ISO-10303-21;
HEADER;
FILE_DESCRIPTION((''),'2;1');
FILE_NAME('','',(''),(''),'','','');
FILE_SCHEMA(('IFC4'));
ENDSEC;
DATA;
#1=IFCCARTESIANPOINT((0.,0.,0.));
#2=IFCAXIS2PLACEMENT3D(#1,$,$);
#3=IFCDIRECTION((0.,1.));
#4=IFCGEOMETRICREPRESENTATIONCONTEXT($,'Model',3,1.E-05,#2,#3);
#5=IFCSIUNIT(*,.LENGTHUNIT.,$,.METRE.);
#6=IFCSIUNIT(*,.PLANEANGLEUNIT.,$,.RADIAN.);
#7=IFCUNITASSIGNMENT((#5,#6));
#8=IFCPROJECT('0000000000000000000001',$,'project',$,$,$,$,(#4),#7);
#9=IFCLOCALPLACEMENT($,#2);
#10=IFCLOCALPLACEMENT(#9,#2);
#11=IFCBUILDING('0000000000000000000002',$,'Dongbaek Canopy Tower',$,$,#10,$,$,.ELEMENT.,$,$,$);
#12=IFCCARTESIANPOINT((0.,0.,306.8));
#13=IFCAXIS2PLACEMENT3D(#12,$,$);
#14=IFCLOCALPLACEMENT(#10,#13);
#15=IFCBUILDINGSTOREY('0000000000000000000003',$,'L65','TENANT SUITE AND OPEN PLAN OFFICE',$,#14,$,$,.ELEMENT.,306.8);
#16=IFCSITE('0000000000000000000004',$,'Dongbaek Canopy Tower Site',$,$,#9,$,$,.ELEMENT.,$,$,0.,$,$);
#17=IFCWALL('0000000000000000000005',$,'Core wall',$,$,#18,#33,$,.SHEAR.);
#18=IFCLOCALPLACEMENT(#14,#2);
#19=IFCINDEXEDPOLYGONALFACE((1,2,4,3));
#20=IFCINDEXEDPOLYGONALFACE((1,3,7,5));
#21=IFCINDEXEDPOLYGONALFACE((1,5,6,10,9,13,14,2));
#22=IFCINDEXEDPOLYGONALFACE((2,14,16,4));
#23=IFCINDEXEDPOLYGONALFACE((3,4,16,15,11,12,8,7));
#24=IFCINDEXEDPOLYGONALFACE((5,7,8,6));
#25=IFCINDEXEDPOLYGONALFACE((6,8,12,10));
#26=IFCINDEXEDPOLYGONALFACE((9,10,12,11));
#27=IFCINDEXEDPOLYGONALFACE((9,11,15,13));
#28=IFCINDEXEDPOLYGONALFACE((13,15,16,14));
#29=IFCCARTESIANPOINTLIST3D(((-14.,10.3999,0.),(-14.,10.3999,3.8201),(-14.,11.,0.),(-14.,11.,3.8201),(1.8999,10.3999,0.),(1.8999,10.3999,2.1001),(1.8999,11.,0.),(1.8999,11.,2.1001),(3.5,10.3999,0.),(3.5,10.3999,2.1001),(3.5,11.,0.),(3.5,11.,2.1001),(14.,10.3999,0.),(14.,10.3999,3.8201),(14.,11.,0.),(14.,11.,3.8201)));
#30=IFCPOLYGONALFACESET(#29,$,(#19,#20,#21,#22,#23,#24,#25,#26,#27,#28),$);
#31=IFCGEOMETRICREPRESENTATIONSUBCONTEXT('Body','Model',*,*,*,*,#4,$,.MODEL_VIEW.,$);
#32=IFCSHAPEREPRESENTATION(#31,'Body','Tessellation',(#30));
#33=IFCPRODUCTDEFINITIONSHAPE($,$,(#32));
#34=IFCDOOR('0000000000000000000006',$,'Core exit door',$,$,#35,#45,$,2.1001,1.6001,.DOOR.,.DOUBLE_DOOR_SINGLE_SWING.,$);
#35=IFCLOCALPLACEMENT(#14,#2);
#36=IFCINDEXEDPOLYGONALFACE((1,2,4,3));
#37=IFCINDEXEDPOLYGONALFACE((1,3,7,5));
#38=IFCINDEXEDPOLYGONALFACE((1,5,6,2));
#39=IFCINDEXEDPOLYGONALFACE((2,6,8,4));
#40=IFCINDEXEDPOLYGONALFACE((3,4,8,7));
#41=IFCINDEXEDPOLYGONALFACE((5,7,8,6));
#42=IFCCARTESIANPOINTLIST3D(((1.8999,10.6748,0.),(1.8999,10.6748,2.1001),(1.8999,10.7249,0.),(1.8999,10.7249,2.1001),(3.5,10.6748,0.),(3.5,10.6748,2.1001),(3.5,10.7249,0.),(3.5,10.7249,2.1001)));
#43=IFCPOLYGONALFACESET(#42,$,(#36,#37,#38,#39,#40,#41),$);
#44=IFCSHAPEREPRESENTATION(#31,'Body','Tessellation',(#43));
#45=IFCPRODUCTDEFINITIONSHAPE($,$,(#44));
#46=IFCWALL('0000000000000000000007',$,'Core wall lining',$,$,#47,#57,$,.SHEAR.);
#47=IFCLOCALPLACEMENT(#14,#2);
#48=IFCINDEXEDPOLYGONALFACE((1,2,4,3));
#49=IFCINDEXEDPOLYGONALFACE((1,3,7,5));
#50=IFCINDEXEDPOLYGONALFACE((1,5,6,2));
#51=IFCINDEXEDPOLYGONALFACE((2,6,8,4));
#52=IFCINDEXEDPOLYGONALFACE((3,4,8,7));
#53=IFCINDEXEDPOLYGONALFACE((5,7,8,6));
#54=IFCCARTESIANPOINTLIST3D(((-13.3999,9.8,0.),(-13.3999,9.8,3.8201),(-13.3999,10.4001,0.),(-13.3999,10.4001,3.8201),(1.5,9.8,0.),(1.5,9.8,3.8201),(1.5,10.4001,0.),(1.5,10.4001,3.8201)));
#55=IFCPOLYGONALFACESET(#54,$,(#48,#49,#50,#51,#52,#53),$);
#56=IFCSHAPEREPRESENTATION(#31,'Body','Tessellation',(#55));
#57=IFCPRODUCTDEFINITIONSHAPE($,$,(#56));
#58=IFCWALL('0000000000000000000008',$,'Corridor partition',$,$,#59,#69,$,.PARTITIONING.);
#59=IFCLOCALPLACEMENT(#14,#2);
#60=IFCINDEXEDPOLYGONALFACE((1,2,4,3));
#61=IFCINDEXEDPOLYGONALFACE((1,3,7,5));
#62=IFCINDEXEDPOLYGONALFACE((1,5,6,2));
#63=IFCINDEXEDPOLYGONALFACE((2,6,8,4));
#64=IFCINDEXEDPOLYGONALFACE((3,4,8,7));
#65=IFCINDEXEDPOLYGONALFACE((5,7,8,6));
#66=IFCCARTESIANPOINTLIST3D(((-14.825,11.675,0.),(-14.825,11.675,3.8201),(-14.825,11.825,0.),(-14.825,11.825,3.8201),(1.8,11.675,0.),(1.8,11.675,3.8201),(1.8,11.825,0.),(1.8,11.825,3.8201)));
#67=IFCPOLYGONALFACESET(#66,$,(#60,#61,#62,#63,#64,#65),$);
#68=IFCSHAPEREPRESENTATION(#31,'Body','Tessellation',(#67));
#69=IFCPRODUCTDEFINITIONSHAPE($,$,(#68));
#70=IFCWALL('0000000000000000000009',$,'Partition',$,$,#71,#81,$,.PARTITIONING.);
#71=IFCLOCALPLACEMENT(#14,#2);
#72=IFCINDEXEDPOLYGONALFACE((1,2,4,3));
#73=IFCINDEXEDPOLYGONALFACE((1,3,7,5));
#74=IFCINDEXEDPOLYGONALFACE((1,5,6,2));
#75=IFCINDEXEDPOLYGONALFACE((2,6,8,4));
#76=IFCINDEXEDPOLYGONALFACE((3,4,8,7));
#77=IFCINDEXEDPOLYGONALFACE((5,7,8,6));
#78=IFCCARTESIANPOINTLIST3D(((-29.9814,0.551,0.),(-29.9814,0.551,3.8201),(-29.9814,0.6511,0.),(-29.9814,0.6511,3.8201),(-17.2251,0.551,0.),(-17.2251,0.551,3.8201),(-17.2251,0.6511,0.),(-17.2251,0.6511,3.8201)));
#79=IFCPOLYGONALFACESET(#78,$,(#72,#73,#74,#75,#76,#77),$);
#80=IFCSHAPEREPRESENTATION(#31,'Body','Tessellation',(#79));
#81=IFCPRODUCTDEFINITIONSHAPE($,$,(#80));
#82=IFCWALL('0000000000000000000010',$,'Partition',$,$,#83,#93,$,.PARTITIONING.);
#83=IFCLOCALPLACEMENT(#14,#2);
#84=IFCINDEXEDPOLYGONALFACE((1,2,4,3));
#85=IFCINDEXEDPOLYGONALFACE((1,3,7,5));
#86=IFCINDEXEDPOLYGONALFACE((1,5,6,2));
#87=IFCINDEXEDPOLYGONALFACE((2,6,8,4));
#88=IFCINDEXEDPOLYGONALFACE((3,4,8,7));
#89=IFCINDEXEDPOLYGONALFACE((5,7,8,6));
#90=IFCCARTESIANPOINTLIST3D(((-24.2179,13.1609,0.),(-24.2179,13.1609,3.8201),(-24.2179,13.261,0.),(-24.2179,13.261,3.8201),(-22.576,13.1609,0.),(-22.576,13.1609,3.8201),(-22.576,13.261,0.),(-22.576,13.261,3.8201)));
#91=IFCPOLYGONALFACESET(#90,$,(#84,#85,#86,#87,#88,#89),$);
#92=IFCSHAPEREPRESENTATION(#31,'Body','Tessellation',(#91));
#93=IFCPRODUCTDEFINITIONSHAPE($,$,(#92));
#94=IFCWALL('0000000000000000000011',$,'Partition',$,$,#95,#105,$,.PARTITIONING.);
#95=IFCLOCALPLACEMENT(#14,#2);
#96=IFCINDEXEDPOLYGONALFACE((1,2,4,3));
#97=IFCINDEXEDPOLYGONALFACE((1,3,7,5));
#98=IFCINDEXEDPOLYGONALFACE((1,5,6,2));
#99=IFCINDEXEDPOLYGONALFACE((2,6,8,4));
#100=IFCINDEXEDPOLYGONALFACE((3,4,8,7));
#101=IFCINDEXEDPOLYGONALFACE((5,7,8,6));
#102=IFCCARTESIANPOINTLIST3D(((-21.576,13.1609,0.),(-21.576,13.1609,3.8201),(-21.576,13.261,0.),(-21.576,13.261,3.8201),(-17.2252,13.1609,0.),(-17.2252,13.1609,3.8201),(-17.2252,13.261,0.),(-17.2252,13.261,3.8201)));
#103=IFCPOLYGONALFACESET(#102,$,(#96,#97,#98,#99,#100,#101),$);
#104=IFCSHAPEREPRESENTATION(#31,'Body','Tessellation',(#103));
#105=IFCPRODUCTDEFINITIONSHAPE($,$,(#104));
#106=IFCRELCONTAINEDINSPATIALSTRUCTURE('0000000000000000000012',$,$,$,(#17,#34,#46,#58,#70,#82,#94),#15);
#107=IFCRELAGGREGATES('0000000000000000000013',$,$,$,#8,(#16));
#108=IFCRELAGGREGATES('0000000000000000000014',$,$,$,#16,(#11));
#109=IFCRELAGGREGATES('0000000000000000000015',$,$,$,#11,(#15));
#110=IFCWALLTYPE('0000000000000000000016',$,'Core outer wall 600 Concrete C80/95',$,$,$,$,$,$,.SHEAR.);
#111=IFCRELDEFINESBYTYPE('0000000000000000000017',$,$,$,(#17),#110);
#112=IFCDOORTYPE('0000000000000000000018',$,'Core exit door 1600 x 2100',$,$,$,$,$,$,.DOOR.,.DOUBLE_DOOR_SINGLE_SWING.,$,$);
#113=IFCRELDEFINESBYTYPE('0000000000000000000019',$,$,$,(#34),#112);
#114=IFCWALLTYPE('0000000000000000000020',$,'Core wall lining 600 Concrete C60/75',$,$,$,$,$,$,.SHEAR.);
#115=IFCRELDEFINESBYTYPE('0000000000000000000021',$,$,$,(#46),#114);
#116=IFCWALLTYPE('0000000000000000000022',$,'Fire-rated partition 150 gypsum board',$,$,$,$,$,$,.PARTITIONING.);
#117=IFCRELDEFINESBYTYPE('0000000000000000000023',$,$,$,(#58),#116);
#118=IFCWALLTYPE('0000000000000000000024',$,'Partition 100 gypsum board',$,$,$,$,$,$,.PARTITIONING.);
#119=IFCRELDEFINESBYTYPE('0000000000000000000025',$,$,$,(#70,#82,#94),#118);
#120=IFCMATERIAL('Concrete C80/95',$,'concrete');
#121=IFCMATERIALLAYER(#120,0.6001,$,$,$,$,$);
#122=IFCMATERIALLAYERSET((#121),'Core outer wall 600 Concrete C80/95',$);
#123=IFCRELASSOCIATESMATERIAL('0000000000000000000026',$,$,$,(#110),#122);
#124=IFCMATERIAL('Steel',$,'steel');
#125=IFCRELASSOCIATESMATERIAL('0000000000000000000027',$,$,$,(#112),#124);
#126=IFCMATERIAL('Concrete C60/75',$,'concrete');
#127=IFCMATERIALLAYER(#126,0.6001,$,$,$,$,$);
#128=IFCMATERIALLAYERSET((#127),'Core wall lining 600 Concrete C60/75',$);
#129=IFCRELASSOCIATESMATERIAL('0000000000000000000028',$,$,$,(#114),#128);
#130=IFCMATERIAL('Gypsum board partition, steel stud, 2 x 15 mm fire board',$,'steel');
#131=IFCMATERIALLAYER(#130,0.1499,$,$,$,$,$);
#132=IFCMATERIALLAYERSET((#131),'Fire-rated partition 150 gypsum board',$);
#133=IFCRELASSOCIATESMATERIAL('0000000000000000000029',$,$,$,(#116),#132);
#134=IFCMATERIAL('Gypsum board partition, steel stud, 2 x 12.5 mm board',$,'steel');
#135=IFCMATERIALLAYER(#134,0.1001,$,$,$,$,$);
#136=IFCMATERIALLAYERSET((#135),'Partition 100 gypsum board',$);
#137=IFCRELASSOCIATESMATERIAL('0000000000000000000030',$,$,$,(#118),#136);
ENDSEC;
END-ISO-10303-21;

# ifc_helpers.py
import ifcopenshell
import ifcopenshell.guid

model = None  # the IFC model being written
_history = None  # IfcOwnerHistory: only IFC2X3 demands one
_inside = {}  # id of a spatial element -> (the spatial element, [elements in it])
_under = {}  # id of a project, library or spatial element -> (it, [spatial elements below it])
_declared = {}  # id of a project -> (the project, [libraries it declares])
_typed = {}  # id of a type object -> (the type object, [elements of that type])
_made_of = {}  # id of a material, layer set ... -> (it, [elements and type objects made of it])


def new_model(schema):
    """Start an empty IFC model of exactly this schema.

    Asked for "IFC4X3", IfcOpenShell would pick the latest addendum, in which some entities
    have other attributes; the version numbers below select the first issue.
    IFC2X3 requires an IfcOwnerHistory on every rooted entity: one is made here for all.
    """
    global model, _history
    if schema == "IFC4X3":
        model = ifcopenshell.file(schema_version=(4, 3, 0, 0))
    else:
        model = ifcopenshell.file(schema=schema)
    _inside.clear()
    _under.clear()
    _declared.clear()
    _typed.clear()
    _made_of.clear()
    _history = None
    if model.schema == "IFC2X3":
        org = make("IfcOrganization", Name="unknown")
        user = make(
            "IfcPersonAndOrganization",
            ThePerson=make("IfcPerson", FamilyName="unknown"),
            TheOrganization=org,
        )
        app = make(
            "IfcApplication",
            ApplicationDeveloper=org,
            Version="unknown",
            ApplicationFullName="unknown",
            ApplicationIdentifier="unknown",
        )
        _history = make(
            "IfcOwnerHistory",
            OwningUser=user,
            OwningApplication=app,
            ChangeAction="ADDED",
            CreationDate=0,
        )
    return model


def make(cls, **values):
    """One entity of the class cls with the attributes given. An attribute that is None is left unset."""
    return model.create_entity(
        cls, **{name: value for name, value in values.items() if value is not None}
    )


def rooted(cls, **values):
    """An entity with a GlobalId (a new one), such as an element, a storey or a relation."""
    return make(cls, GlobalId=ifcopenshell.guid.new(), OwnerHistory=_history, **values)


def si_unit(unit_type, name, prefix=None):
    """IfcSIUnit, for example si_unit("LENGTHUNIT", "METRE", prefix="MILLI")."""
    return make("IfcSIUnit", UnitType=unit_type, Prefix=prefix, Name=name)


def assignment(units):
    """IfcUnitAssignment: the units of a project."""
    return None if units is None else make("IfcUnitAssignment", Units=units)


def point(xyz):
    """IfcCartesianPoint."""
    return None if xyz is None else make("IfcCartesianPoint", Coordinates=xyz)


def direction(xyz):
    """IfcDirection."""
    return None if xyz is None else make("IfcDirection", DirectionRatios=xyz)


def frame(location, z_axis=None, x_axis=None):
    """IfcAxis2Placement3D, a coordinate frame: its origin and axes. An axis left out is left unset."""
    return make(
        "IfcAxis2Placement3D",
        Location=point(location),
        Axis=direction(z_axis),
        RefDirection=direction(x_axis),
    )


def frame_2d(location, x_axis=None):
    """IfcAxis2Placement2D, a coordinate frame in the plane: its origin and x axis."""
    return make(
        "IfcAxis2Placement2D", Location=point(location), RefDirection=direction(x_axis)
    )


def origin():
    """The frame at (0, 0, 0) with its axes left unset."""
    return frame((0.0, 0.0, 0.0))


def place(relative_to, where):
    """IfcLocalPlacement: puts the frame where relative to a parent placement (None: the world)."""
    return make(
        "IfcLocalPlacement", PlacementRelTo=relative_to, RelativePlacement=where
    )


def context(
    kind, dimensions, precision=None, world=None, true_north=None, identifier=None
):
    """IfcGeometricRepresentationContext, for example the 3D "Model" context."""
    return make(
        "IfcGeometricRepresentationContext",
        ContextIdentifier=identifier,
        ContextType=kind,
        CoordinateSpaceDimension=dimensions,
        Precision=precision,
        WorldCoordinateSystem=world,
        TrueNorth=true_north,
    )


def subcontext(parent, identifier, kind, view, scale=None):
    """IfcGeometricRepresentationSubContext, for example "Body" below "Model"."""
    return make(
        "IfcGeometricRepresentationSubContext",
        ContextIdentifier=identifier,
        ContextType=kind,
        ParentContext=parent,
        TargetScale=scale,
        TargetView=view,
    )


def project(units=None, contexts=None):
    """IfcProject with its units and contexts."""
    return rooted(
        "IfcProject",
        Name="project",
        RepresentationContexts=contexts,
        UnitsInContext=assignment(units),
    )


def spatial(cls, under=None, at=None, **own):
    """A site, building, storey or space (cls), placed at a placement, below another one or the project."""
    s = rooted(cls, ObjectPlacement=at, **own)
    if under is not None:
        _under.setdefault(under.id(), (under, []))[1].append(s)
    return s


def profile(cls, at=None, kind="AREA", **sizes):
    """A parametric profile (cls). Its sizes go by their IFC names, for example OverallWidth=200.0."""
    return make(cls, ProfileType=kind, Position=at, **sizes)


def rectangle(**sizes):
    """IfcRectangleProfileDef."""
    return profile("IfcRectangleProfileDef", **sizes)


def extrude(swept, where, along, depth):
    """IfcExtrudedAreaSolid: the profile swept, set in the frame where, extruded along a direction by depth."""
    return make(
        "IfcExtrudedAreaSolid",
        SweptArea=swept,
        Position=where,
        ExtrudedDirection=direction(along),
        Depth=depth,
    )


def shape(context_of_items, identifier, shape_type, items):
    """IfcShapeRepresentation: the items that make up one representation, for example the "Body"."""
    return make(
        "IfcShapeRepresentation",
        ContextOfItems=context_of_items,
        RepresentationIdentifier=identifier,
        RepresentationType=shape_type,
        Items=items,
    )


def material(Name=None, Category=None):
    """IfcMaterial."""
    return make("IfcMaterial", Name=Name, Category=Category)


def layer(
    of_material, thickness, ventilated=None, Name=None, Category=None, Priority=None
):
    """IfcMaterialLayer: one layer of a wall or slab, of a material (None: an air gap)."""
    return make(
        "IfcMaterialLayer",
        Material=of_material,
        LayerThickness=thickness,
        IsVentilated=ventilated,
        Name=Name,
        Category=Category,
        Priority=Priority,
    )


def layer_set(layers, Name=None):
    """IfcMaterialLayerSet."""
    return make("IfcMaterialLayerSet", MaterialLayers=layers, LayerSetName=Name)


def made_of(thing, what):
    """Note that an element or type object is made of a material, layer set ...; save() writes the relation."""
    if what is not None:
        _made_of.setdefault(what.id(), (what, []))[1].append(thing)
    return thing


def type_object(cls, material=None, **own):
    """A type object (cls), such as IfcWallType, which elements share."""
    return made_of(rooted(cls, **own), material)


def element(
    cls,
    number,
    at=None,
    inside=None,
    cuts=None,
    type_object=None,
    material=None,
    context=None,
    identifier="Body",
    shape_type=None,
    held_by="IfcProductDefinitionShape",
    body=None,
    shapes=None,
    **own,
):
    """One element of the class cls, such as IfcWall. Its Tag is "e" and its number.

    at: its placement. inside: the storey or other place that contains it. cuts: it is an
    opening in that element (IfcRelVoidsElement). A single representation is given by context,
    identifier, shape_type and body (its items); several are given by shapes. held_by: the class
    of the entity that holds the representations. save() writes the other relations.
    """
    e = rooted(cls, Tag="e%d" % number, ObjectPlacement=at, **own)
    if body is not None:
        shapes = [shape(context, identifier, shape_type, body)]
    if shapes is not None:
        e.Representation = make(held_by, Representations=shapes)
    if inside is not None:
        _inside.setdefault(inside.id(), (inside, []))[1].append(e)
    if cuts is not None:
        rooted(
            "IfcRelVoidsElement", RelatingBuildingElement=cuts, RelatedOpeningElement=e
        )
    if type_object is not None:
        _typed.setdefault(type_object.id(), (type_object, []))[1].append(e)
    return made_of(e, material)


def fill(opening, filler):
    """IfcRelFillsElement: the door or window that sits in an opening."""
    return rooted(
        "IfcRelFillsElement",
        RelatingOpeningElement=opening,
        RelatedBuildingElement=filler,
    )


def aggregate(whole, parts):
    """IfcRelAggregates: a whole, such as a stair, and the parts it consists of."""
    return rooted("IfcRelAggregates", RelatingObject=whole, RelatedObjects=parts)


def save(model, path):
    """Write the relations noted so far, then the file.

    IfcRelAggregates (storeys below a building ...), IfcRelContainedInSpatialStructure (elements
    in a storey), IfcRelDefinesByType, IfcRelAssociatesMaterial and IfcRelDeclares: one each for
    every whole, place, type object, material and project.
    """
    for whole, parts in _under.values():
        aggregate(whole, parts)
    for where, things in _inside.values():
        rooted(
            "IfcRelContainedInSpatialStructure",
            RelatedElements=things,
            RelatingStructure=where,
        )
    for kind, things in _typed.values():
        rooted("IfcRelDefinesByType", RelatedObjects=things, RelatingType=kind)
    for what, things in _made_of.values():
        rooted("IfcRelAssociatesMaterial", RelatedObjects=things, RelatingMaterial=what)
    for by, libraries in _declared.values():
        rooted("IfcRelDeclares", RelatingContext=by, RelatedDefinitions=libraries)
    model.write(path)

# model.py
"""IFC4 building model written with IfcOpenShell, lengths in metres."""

from ifc_helpers import new_model, si_unit, direction, frame, frame_2d, origin, place, context, subcontext, project, spatial, rectangle, extrude, material, layer, layer_set, type_object, element, fill, save


model = new_model("IFC4")

# Units and contexts
model_context = context("Model", 3, precision=1e-05, world=origin(), true_north=direction((0.0, 1.0)))
body_context = subcontext(model_context, "Body", "Model", "MODEL_VIEW")
ifc_project = project(units=[si_unit("LENGTHUNIT", "METRE"), si_unit("PLANEANGLEUNIT", "RADIAN")], contexts=[model_context])

# Site, building, storey
site_placement = place(None, origin())
site = spatial("IfcSite", under=ifc_project, at=site_placement, Name="Dongbaek Canopy Tower Site", CompositionType="ELEMENT", RefElevation=0.0)
building_placement = place(site_placement, origin())
building = spatial("IfcBuilding", under=site, at=building_placement, Name="Dongbaek Canopy Tower", CompositionType="ELEMENT")
storey_placement = place(building_placement, frame((0.0, 0.0, 306.8)))
storey = spatial("IfcBuildingStorey", under=building, at=storey_placement, Name="L65", Description="TENANT SUITE AND OPEN PLAN OFFICE", CompositionType="ELEMENT", Elevation=306.8)

# Wall, opening, door
ifc_material_1 = material(Name="Concrete C80/95", Category="concrete")
ifc_layer_1 = layer(ifc_material_1, 0.6001)
ifc_layer_set_1 = layer_set([ifc_layer_1], Name="Core outer wall 600 Concrete C80/95")
wall_type_1 = type_object("IfcWallType", Name="Core outer wall 600 Concrete C80/95", PredefinedType="SHEAR", material=ifc_layer_set_1)
wall_1_placement = place(storey_placement, frame((-14.0, 10.7, 0.0), z_axis=(0.0, 0.0, 1.0), x_axis=(1.0, 0.0, 0.0)))
wall_1 = element("IfcWall", 1, at=wall_1_placement, inside=storey, type_object=wall_type_1, Name="Core wall", PredefinedType="SHEAR", context=body_context, shape_type="SweptSolid", body=[
    extrude(rectangle(XDim=28.0, YDim=0.6001, at=frame_2d((14.0, 0.0))), origin(), (0.0, 0.0, 1.0), 3.8201),
])
opening_1_placement = place(wall_1_placement, frame((15.8999, 0.0, 0.0)))
opening_1 = element("IfcOpeningElement", 2, at=opening_1_placement, cuts=wall_1, PredefinedType="OPENING", context=body_context, shape_type="SweptSolid", body=[
    extrude(rectangle(XDim=1.6001, YDim=2.1001, at=frame_2d((0.8, 1.05))), frame((0.0, 0.3101, 0.0), z_axis=(0.0, -1.0, 0.0), x_axis=(1.0, 0.0, 0.0)), (0.0, 0.0, 1.0), 0.6201),
])
ifc_material_2 = material(Name="Steel", Category="steel")
door_type_1 = type_object("IfcDoorType", Name="Core exit door 1600 x 2100", OperationType="DOUBLE_DOOR_SINGLE_SWING", PredefinedType="DOOR", material=ifc_material_2)
door_1_placement = place(opening_1_placement, origin())
door_1 = element("IfcDoor", 3, at=door_1_placement, inside=storey, type_object=door_type_1, Name="Core exit door", OperationType="DOUBLE_DOOR_SINGLE_SWING", OverallHeight=2.1001, OverallWidth=1.6001, PredefinedType="DOOR", context=body_context, shape_type="SweptSolid", body=[
    extrude(rectangle(XDim=1.6001, YDim=2.1001, at=frame_2d((0.8, 1.05))), frame((0.0, 0.0249, 0.0), z_axis=(0.0, -1.0, 0.0), x_axis=(1.0, 0.0, 0.0)), (0.0, 0.0, 1.0), 0.05),
])
fill(opening_1, door_1)

# Walls
ifc_material_3 = material(Name="Concrete C60/75", Category="concrete")
ifc_layer_2 = layer(ifc_material_3, 0.6001)
ifc_layer_set_2 = layer_set([ifc_layer_2], Name="Core wall lining 600 Concrete C60/75")
wall_type_2 = type_object("IfcWallType", Name="Core wall lining 600 Concrete C60/75", PredefinedType="SHEAR", material=ifc_layer_set_2)
wall_2_placement = place(storey_placement, frame((-13.3999, 10.1001, 0.0), z_axis=(0.0, 0.0, 1.0), x_axis=(1.0, 0.0, 0.0)))
element("IfcWall", 4, at=wall_2_placement, inside=storey, type_object=wall_type_2, Name="Core wall lining", PredefinedType="SHEAR", context=body_context, shape_type="SweptSolid", body=[
    extrude(rectangle(XDim=14.8999, YDim=0.6001, at=frame_2d((7.45, 0.0))), origin(), (0.0, 0.0, 1.0), 3.8201),
])
ifc_material_4 = material(Name="Gypsum board partition, steel stud, 2 x 15 mm fire board", Category="steel")
ifc_layer_3 = layer(ifc_material_4, 0.1499)
ifc_layer_set_3 = layer_set([ifc_layer_3], Name="Fire-rated partition 150 gypsum board")
wall_type_3 = type_object("IfcWallType", Name="Fire-rated partition 150 gypsum board", PredefinedType="PARTITIONING", material=ifc_layer_set_3)
wall_3_placement = place(storey_placement, frame((-14.825, 11.75, 0.0), z_axis=(0.0, 0.0, 1.0), x_axis=(1.0, 0.0, 0.0)))
element("IfcWall", 5, at=wall_3_placement, inside=storey, type_object=wall_type_3, Name="Corridor partition", PredefinedType="PARTITIONING", context=body_context, shape_type="SweptSolid", body=[
    extrude(rectangle(XDim=16.625, YDim=0.1499, at=frame_2d((8.3125, 0.0))), origin(), (0.0, 0.0, 1.0), 3.8201),
])
ifc_material_5 = material(Name="Gypsum board partition, steel stud, 2 x 12.5 mm board", Category="steel")
ifc_layer_4 = layer(ifc_material_5, 0.1001)
ifc_layer_set_4 = layer_set([ifc_layer_4], Name="Partition 100 gypsum board")
wall_type_4 = type_object("IfcWallType", Name="Partition 100 gypsum board", PredefinedType="PARTITIONING", material=ifc_layer_set_4)
wall_4_placement = place(storey_placement, frame((-29.9814, 0.6011, 0.0), z_axis=(0.0, 0.0, 1.0), x_axis=(1.0, 0.0, 0.0)))
element("IfcWall", 6, at=wall_4_placement, inside=storey, type_object=wall_type_4, Name="Partition", PredefinedType="PARTITIONING", context=body_context, shape_type="SweptSolid", body=[
    extrude(rectangle(XDim=12.7563, YDim=0.1001, at=frame_2d((6.3782, 0.0))), origin(), (0.0, 0.0, 1.0), 3.8201),
])
wall_5_placement = place(storey_placement, frame((-24.2178, 13.2109, 0.0), z_axis=(0.0, 0.0, 1.0), x_axis=(1.0, 0.0, 0.0)))
element("IfcWall", 7, at=wall_5_placement, inside=storey, type_object=wall_type_4, Name="Partition", PredefinedType="PARTITIONING", context=body_context, shape_type="SweptSolid", body=[
    extrude(rectangle(XDim=1.6418, YDim=0.1001, at=frame_2d((0.8208, 0.0))), origin(), (0.0, 0.0, 1.0), 3.8201),
])
wall_6_placement = place(storey_placement, frame((-21.5759, 13.2109, 0.0), z_axis=(0.0, 0.0, 1.0), x_axis=(1.0, 0.0, 0.0)))
element("IfcWall", 8, at=wall_6_placement, inside=storey, type_object=wall_type_4, Name="Partition", PredefinedType="PARTITIONING", context=body_context, shape_type="SweptSolid", body=[
    extrude(rectangle(XDim=4.3508, YDim=0.1001, at=frame_2d((2.1753, 0.0))), origin(), (0.0, 0.0, 1.0), 3.8201),
])

save(model, "model.ifc")
